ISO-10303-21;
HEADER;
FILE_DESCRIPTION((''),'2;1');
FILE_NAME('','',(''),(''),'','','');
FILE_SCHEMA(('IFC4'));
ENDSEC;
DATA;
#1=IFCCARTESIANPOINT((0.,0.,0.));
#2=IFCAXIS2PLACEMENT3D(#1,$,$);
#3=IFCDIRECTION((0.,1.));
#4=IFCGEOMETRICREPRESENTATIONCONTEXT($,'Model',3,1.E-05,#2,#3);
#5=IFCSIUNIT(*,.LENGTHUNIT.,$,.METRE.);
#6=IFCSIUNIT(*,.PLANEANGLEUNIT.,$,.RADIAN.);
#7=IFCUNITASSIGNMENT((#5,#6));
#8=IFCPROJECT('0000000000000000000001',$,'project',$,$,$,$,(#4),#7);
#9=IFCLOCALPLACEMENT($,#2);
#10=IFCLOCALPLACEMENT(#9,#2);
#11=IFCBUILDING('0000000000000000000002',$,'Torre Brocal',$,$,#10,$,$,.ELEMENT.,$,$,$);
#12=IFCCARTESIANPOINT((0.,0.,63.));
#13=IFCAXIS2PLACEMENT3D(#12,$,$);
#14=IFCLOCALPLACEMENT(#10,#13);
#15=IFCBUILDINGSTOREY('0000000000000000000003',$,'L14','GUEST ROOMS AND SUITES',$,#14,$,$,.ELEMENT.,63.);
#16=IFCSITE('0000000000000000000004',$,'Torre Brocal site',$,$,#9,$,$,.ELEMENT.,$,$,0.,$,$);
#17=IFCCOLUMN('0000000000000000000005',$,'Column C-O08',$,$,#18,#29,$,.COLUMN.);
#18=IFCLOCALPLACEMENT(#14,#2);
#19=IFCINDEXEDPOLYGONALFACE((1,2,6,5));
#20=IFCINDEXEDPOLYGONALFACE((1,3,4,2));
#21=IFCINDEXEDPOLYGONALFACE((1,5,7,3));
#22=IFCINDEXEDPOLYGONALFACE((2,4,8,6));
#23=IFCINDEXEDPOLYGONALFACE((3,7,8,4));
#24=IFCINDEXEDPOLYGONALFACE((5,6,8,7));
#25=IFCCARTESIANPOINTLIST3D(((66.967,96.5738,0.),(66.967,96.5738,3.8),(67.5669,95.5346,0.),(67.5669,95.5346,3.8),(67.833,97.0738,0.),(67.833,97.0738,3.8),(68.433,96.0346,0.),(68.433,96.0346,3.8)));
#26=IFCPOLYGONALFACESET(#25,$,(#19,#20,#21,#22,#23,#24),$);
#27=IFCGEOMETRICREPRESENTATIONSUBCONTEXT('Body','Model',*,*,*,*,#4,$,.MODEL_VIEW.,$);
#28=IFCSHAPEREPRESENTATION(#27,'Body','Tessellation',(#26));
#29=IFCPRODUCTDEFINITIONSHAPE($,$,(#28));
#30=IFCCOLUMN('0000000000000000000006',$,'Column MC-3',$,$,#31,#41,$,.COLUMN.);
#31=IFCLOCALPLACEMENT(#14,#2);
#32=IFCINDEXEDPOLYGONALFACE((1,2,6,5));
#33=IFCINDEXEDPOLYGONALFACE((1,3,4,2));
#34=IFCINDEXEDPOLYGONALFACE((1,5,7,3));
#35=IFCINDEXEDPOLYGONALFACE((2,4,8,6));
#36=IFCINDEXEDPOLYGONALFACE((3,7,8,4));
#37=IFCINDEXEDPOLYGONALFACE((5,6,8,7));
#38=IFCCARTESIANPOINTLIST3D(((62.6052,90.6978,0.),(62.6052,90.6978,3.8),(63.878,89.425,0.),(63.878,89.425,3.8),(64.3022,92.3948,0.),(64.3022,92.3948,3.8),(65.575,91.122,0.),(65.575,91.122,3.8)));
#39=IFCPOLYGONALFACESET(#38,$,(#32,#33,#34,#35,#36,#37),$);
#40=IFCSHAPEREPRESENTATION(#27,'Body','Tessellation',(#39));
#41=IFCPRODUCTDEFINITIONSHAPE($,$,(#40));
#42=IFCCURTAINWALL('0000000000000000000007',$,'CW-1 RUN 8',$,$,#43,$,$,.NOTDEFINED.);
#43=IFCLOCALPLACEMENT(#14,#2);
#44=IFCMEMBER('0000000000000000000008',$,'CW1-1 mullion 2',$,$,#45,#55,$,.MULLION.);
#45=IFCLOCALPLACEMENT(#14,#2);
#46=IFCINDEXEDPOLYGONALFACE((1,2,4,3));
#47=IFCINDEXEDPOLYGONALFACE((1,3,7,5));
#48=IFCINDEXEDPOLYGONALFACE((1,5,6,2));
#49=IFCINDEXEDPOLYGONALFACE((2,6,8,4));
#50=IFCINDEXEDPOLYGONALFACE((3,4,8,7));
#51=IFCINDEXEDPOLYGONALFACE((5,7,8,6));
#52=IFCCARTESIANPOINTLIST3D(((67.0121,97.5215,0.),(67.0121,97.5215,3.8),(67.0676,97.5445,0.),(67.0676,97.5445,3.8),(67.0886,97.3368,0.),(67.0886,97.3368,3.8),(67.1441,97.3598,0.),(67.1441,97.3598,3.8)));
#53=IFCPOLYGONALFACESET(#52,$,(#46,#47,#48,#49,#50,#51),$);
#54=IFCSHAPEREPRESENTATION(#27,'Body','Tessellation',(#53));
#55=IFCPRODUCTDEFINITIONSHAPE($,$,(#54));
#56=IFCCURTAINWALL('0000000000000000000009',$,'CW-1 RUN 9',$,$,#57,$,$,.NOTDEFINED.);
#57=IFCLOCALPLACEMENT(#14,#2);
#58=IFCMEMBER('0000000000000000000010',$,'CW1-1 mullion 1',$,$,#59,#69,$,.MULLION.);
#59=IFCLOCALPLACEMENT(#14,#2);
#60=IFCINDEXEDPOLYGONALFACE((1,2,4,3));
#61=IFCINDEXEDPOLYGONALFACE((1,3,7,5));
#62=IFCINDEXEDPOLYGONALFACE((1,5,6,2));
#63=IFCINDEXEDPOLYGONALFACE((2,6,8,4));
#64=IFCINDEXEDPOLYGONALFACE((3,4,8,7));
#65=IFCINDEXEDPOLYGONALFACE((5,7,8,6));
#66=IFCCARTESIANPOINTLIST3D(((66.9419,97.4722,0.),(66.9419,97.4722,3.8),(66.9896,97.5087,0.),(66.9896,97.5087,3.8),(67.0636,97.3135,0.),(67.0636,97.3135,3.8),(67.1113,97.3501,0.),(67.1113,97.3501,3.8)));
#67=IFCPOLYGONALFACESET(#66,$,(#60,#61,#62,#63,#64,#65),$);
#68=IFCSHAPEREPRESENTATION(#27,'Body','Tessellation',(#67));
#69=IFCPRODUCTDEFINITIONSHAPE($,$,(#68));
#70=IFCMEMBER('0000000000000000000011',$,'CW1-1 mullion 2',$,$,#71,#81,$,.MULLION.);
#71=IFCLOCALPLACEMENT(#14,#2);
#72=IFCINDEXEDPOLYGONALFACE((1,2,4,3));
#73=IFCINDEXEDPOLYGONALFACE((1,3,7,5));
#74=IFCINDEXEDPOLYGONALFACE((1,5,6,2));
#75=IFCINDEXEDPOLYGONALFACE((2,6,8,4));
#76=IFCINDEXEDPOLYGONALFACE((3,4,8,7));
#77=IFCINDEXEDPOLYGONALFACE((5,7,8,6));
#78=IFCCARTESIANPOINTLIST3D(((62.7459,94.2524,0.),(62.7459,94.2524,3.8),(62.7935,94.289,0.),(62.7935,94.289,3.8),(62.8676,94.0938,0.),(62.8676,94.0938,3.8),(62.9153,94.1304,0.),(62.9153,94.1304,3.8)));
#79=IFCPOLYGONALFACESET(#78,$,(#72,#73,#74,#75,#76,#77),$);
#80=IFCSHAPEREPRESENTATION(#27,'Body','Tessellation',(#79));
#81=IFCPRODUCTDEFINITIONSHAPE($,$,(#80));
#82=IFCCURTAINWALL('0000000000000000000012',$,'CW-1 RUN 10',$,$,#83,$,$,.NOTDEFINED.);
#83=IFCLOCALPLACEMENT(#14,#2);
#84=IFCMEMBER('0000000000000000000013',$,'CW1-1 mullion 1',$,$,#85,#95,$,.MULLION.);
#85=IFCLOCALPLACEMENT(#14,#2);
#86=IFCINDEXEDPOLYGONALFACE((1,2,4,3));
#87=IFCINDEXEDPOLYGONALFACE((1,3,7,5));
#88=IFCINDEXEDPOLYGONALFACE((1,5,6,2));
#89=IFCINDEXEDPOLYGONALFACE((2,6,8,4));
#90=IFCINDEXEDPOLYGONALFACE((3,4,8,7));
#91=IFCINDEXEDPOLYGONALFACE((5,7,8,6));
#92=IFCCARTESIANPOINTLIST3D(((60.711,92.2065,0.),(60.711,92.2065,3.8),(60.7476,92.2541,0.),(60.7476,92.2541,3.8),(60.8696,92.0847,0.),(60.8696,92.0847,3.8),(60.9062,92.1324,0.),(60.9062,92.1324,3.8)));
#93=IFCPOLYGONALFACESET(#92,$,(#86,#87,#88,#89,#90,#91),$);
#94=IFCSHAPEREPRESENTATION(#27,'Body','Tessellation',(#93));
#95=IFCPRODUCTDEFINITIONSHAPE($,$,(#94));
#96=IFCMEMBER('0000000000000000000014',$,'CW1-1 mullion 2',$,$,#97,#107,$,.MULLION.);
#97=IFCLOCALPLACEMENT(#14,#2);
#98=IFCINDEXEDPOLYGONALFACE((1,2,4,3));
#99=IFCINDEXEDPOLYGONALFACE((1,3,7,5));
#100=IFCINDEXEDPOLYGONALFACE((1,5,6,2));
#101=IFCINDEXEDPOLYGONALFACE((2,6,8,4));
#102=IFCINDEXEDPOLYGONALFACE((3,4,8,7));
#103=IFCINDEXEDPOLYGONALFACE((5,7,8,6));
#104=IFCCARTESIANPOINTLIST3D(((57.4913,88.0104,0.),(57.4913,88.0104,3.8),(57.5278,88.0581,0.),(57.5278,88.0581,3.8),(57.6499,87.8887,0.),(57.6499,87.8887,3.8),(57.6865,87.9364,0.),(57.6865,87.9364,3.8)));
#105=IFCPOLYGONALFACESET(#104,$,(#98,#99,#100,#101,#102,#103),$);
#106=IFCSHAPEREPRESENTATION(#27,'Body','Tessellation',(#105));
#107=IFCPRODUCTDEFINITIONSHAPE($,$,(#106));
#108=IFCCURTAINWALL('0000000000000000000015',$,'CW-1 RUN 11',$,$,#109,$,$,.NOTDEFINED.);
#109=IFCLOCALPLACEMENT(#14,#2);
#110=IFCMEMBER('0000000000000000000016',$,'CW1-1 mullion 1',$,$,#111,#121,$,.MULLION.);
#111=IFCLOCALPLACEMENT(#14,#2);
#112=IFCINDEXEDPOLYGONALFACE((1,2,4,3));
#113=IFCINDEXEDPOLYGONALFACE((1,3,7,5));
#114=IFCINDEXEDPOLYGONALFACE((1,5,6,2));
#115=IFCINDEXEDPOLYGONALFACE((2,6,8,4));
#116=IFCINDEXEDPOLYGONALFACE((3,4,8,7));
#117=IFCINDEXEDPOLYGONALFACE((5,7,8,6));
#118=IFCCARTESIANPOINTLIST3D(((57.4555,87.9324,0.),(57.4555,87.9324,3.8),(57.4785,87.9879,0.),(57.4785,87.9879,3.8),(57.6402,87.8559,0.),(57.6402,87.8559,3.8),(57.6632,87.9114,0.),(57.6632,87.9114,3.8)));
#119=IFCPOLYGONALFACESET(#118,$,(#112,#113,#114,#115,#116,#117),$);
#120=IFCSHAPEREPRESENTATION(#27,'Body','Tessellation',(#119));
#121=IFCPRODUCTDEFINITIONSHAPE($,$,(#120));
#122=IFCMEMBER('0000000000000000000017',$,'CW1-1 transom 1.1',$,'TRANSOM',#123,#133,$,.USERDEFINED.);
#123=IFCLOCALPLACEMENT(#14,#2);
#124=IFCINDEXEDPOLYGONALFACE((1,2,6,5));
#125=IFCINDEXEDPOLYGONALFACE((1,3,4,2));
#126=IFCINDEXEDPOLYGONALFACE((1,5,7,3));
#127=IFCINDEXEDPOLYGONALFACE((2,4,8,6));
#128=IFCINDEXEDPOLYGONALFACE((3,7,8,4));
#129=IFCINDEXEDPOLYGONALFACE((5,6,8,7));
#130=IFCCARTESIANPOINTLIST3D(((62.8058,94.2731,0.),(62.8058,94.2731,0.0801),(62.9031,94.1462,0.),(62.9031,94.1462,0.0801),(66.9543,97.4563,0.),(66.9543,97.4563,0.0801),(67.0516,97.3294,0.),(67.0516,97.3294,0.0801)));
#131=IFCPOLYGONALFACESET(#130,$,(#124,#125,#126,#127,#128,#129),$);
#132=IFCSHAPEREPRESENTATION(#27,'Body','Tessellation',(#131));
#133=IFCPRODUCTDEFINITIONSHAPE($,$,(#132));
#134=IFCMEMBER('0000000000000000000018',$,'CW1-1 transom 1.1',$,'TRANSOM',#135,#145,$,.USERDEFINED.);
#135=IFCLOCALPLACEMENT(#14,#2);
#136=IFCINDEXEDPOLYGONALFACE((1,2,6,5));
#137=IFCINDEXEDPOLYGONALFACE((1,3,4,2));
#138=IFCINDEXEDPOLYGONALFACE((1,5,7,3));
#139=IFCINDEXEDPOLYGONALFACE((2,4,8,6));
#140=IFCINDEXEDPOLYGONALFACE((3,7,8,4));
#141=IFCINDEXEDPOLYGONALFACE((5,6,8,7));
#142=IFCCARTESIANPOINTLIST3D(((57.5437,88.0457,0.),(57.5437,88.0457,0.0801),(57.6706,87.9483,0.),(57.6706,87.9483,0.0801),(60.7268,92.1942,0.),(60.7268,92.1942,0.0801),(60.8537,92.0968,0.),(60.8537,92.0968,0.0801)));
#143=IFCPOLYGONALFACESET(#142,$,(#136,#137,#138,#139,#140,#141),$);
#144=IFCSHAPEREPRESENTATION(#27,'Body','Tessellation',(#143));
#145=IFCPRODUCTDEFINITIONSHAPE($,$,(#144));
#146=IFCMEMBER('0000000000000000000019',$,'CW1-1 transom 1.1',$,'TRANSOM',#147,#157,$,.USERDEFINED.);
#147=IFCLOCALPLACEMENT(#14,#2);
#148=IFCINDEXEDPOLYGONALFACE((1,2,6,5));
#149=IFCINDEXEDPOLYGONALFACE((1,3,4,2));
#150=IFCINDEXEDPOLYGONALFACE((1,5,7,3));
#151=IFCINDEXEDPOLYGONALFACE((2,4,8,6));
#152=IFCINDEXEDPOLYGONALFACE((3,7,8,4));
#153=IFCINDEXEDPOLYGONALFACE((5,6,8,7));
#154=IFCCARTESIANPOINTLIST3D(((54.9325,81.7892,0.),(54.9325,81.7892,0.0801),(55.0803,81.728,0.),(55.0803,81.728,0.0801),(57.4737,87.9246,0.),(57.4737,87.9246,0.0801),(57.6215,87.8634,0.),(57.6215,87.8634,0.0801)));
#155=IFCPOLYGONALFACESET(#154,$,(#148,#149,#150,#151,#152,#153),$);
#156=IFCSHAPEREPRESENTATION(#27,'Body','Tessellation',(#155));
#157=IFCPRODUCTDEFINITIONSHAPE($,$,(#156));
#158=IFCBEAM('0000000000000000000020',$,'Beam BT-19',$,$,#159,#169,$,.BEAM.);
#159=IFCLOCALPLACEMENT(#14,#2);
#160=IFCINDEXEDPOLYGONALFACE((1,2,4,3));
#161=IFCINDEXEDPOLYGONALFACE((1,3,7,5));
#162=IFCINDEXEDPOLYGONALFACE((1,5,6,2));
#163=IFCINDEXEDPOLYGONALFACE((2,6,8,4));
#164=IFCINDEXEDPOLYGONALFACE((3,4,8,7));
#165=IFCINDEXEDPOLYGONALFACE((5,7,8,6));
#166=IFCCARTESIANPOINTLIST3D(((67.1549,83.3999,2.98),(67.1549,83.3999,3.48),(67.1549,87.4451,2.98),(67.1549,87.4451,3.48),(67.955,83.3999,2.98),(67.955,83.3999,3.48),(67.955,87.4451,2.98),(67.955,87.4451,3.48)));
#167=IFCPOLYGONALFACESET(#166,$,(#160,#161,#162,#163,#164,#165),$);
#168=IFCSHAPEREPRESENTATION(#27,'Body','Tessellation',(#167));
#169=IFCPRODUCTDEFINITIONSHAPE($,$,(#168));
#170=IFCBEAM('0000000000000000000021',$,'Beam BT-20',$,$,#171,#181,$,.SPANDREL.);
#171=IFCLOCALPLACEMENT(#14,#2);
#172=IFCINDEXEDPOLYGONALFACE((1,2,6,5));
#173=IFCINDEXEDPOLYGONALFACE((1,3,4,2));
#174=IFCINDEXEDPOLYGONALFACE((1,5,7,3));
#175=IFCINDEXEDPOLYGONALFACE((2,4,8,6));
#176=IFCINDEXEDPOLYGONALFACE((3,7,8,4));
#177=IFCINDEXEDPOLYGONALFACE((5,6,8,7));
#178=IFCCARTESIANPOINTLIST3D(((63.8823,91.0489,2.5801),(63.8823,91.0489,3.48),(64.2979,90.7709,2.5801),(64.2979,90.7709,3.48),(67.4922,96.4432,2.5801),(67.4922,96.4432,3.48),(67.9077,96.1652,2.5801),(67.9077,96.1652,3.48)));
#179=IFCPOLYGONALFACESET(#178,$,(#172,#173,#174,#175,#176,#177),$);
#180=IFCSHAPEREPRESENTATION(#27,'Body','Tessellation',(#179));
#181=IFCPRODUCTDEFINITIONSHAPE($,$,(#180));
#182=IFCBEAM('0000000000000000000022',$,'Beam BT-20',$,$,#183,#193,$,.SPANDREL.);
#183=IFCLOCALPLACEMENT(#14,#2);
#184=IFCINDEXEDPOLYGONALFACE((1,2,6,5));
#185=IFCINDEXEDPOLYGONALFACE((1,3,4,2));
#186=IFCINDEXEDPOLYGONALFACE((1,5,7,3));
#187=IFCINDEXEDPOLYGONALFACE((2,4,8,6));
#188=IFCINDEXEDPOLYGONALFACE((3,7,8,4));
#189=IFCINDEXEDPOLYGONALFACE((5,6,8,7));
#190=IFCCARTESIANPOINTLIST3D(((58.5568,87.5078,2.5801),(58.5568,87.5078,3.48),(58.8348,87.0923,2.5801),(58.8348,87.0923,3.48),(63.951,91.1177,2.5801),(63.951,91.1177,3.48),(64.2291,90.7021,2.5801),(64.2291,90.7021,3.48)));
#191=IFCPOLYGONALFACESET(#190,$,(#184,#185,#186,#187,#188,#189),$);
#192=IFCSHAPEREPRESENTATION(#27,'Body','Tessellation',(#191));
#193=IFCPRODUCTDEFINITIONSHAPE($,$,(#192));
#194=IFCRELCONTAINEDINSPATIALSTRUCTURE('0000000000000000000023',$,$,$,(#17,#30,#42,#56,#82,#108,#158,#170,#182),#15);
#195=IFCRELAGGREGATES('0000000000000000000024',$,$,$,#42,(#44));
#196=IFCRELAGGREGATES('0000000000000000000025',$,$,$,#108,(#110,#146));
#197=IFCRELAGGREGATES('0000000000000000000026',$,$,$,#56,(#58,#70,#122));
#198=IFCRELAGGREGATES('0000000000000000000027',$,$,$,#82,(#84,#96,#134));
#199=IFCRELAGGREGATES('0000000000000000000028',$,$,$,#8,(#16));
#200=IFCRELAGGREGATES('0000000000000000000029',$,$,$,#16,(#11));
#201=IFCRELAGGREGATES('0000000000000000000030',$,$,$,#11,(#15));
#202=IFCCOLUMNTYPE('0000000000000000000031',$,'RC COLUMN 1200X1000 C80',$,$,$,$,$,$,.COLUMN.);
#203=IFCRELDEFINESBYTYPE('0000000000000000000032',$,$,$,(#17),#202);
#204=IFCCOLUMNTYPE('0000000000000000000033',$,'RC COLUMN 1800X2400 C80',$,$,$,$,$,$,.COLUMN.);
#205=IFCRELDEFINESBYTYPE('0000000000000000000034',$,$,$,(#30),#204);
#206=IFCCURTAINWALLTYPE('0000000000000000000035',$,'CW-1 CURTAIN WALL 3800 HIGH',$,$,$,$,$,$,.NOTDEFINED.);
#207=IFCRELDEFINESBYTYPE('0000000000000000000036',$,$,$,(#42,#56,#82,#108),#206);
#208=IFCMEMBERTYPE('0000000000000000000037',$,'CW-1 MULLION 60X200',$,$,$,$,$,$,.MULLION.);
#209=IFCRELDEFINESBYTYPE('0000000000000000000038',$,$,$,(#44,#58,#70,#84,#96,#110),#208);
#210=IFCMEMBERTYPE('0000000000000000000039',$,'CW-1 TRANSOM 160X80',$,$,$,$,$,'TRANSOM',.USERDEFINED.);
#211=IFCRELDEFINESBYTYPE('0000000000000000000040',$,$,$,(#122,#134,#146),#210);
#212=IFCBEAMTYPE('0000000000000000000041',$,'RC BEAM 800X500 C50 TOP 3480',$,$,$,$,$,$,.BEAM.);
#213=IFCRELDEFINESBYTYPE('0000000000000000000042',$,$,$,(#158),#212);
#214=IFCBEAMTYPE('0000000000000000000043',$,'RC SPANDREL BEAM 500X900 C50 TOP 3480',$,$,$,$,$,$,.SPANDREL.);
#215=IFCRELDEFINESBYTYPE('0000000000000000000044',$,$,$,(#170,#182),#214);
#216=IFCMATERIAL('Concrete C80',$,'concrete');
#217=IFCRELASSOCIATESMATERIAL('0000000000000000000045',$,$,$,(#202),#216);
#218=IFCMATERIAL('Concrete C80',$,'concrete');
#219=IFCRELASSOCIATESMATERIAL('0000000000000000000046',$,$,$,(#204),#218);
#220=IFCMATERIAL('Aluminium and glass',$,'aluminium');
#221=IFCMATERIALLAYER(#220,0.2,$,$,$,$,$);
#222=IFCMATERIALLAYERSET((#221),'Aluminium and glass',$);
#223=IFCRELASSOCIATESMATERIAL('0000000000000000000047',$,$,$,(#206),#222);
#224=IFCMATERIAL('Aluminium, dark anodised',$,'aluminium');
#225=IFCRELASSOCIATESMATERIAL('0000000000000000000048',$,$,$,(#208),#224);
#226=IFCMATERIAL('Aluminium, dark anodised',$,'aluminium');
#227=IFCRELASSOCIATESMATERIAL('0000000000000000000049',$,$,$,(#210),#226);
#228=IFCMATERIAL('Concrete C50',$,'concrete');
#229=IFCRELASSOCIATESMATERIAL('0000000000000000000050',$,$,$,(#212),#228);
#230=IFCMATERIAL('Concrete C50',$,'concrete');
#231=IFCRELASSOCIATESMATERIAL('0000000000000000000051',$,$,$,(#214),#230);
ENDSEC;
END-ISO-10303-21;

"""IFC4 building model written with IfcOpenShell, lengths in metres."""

from ifc_helpers import new_model, si_unit, direction, frame, origin, origin_2d, place, context, subcontext, project, spatial, rectangle, extrude, material, layer, layer_set, material_profile, profile_set, type_object, element, aggregate, save


model = new_model("IFC4")

# Units and contexts
model_context = context("Model", 3, precision=1e-05, world=origin(), true_north=direction((0.0, 1.0)))
body_context = subcontext(model_context, "Body", "Model", "MODEL_VIEW")
ifc_project = project(units=[si_unit("LENGTHUNIT", "METRE"), si_unit("PLANEANGLEUNIT", "RADIAN")], contexts=[model_context])

# Site, building, storey
site_placement = place(None, origin())
site = spatial("IfcSite", under=ifc_project, at=site_placement, Name="Torre Brocal site", CompositionType="ELEMENT", RefElevation=0.0)
building_placement = place(site_placement, origin())
building = spatial("IfcBuilding", under=site, at=building_placement, Name="Torre Brocal", CompositionType="ELEMENT")
storey_placement = place(building_placement, frame((0.0, 0.0, 63.0)))
storey = spatial("IfcBuildingStorey", under=building, at=storey_placement, Name="L14", Description="GUEST ROOMS AND SUITES", CompositionType="ELEMENT", Elevation=63.0)

# Columns
ifc_material_1 = material(Name="Concrete C80", Category="concrete")
ifc_material_profile_1 = material_profile(ifc_material_1, rectangle(XDim=1.2, YDim=1.0, at=origin_2d()), Name="RC 1200X1000")
ifc_profile_set_1 = profile_set([ifc_material_profile_1], Name="Concrete C80")
column_type_1 = type_object("IfcColumnType", Name="RC COLUMN 1200X1000 C80", PredefinedType="COLUMN", material=ifc_profile_set_1)
column_1_placement = place(storey_placement, frame((67.7, 96.3042, 0.0), z_axis=(0.0, 0.0, 1.0), x_axis=(-0.5, 0.866025, 0.0)))
element("IfcColumn", 1, at=column_1_placement, inside=storey, type_object=column_type_1, Name="Column C-O08", PredefinedType="COLUMN", context=body_context, shape_type="SweptSolid", body=[
    extrude(rectangle(XDim=1.2, YDim=1.0, at=origin_2d()), origin(), (0.0, 0.0, 1.0), 3.8),
])
ifc_material_2 = material(Name="Concrete C80", Category="concrete")
ifc_material_profile_2 = material_profile(ifc_material_2, rectangle(XDim=1.8, YDim=2.3999, at=origin_2d()), Name="RC 1800X2400")
ifc_profile_set_2 = profile_set([ifc_material_profile_2], Name="Concrete C80")
column_type_2 = type_object("IfcColumnType", Name="RC COLUMN 1800X2400 C80", PredefinedType="COLUMN", material=ifc_profile_set_2)
column_2_placement = place(storey_placement, frame((64.0901, 90.9099, 0.0), z_axis=(0.0, 0.0, 1.0), x_axis=(-0.707107, 0.707107, 0.0)))
element("IfcColumn", 2, at=column_2_placement, inside=storey, type_object=column_type_2, Name="Column MC-3", PredefinedType="COLUMN", context=body_context, shape_type="SweptSolid", body=[
    extrude(rectangle(XDim=1.8, YDim=2.3999, at=origin_2d()), origin(), (0.0, 0.0, 1.0), 3.8),
])

# Curtain wall, member
ifc_material_3 = material(Name="Aluminium and glass", Category="aluminium")
ifc_layer_1 = layer(ifc_material_3, 0.2)
ifc_layer_set_1 = layer_set([ifc_layer_1], Name="Aluminium and glass")
curtain_wall_type = type_object("IfcCurtainWallType", Name="CW-1 CURTAIN WALL 3800 HIGH", PredefinedType="NOTDEFINED", material=ifc_layer_set_1)
curtain_wall_1_placement = place(storey_placement, origin())
curtain_wall_1 = element("IfcCurtainWall", 3, at=curtain_wall_1_placement, inside=storey, type_object=curtain_wall_type, Name="CW-1 RUN 8", PredefinedType="NOTDEFINED")
ifc_material_4 = material(Name="Aluminium, dark anodised", Category="aluminium")
ifc_material_profile_3 = material_profile(ifc_material_4, rectangle(XDim=0.2, YDim=0.0601, at=origin_2d()), Name="CW-1 MULLION 60X200")
ifc_profile_set_3 = profile_set([ifc_material_profile_3], Name="Aluminium, dark anodised")
member_type_1 = type_object("IfcMemberType", Name="CW-1 MULLION 60X200", PredefinedType="MULLION", material=ifc_profile_set_3)
member_1_placement = place(storey_placement, frame((67.0781, 97.4407, 0.0), z_axis=(0.0, 0.0, 1.0), x_axis=(0.382683, -0.92388, 0.0)))
member_1 = element("IfcMember", 4, at=member_1_placement, type_object=member_type_1, Name="CW1-1 mullion 2", PredefinedType="MULLION", context=body_context, shape_type="SweptSolid", body=[
    extrude(rectangle(XDim=0.2, YDim=0.0601, at=origin_2d()), origin(), (0.0, 0.0, 1.0), 3.8),
])
aggregate(curtain_wall_1, [member_1])

# Curtain walls, members
curtain_wall_2_placement = place(storey_placement, origin())
curtain_wall_2 = element("IfcCurtainWall", 5, at=curtain_wall_2_placement, inside=storey, type_object=curtain_wall_type, Name="CW-1 RUN 9", PredefinedType="NOTDEFINED")
member_2_placement = place(storey_placement, frame((67.0266, 97.4111, 0.0), z_axis=(0.0, 0.0, 1.0), x_axis=(0.608761, -0.793353, 0.0)))
member_2 = element("IfcMember", 6, at=member_2_placement, type_object=member_type_1, Name="CW1-1 mullion 1", PredefinedType="MULLION", context=body_context, shape_type="SweptSolid", body=[
    extrude(rectangle(XDim=0.2, YDim=0.0601, at=origin_2d()), origin(), (0.0, 0.0, 1.0), 3.8),
])
member_3_placement = place(storey_placement, frame((62.8306, 94.1914, 0.0), z_axis=(0.0, 0.0, 1.0), x_axis=(0.608761, -0.793353, 0.0)))
member_3 = element("IfcMember", 7, at=member_3_placement, type_object=member_type_1, Name="CW1-1 mullion 2", PredefinedType="MULLION", context=body_context, shape_type="SweptSolid", body=[
    extrude(rectangle(XDim=0.2, YDim=0.0601, at=origin_2d()), origin(), (0.0, 0.0, 1.0), 3.8),
])
curtain_wall_3_placement = place(storey_placement, origin())
curtain_wall_3 = element("IfcCurtainWall", 8, at=curtain_wall_3_placement, inside=storey, type_object=curtain_wall_type, Name="CW-1 RUN 10", PredefinedType="NOTDEFINED")
member_4_placement = place(storey_placement, frame((60.8086, 92.1694, 0.0), z_axis=(0.0, 0.0, 1.0), x_axis=(0.793353, -0.608761, 0.0)))
member_4 = element("IfcMember", 9, at=member_4_placement, type_object=member_type_1, Name="CW1-1 mullion 1", PredefinedType="MULLION", context=body_context, shape_type="SweptSolid", body=[
    extrude(rectangle(XDim=0.2, YDim=0.0601, at=origin_2d()), origin(), (0.0, 0.0, 1.0), 3.8),
])
member_5_placement = place(storey_placement, frame((57.5889, 87.9734, 0.0), z_axis=(0.0, 0.0, 1.0), x_axis=(0.793353, -0.608761, 0.0)))
member_5 = element("IfcMember", 10, at=member_5_placement, type_object=member_type_1, Name="CW1-1 mullion 2", PredefinedType="MULLION", context=body_context, shape_type="SweptSolid", body=[
    extrude(rectangle(XDim=0.2, YDim=0.0601, at=origin_2d()), origin(), (0.0, 0.0, 1.0), 3.8),
])

# Curtain wall, member
curtain_wall_4_placement = place(storey_placement, origin())
curtain_wall_4 = element("IfcCurtainWall", 11, at=curtain_wall_4_placement, inside=storey, type_object=curtain_wall_type, Name="CW-1 RUN 11", PredefinedType="NOTDEFINED")
member_6_placement = place(storey_placement, frame((57.5593, 87.9219, 0.0), z_axis=(0.0, 0.0, 1.0), x_axis=(0.92388, -0.382683, 0.0)))
member_6 = element("IfcMember", 12, at=member_6_placement, type_object=member_type_1, Name="CW1-1 mullion 1", PredefinedType="MULLION", context=body_context, shape_type="SweptSolid", body=[
    extrude(rectangle(XDim=0.2, YDim=0.0601, at=origin_2d()), origin(), (0.0, 0.0, 1.0), 3.8),
])

# Members
ifc_material_5 = material(Name="Aluminium, dark anodised", Category="aluminium")
ifc_material_profile_4 = material_profile(ifc_material_5, rectangle(XDim=0.1599, YDim=0.0801, at=origin_2d()), Name="CW-1 TRANSOM 160X80")
ifc_profile_set_4 = profile_set([ifc_material_profile_4], Name="Aluminium, dark anodised")
member_type_2 = type_object("IfcMemberType", Name="CW-1 TRANSOM 160X80", ElementType="TRANSOM", PredefinedType="USERDEFINED", material=ifc_profile_set_4)
member_7_placement = place(storey_placement, frame((67.0029, 97.3928, 0.04), z_axis=(-0.793363, -0.608749, 0.0), x_axis=(0.608749, -0.793363, 0.0)))
member_7 = element("IfcMember", 13, at=member_7_placement, type_object=member_type_2, Name="CW1-1 transom 1.1", ObjectType="TRANSOM", PredefinedType="USERDEFINED", context=body_context, shape_type="SweptSolid", body=[
    extrude(rectangle(XDim=0.1599, YDim=0.0801, at=origin_2d()), origin(), (0.0, 0.0, 1.0), 5.229),
])
member_8_placement = place(storey_placement, frame((60.7903, 92.1455, 0.04), z_axis=(-0.608749, -0.793363, 0.0), x_axis=(0.793363, -0.608749, 0.0)))
member_8 = element("IfcMember", 14, at=member_8_placement, type_object=member_type_2, Name="CW1-1 transom 1.1", ObjectType="TRANSOM", PredefinedType="USERDEFINED", context=body_context, shape_type="SweptSolid", body=[
    extrude(rectangle(XDim=0.1599, YDim=0.0801, at=origin_2d()), origin(), (0.0, 0.0, 1.0), 5.229),
])
member_9_placement = place(storey_placement, frame((57.5476, 87.894, 0.04), z_axis=(-0.382665, -0.923887, 0.0), x_axis=(0.923887, -0.382665, 0.0)))
member_9 = element("IfcMember", 15, at=member_9_placement, type_object=member_type_2, Name="CW1-1 transom 1.1", ObjectType="TRANSOM", PredefinedType="USERDEFINED", context=body_context, shape_type="SweptSolid", body=[
    extrude(rectangle(XDim=0.1599, YDim=0.0801, at=origin_2d()), origin(), (0.0, 0.0, 1.0), 6.6409),
])
aggregate(curtain_wall_4, [member_6, member_9])

# Beams
ifc_material_6 = material(Name="Concrete C50", Category="concrete")
ifc_material_profile_5 = material_profile(ifc_material_6, rectangle(XDim=0.8, YDim=0.5, at=origin_2d()), Name="RC 800X500")
ifc_profile_set_5 = profile_set([ifc_material_profile_5], Name="Concrete C50")
beam_type_1 = type_object("IfcBeamType", Name="RC BEAM 800X500 C50 TOP 3480", PredefinedType="BEAM", material=ifc_profile_set_5)
beam_placement = place(storey_placement, frame((67.5549, 87.4451, 3.23), z_axis=(0.0, -1.0, 0.0), x_axis=(1.0, 0.0, 0.0)))
element("IfcBeam", 16, at=beam_placement, inside=storey, type_object=beam_type_1, Name="Beam BT-19", PredefinedType="BEAM", context=body_context, shape_type="SweptSolid", body=[
    extrude(rectangle(XDim=0.8, YDim=0.5, at=origin_2d()), origin(), (0.0, 0.0, 1.0), 4.0452),
])
ifc_material_7 = material(Name="Concrete C50", Category="concrete")
ifc_material_profile_6 = material_profile(ifc_material_7, rectangle(XDim=0.5, YDim=0.8999, at=origin_2d()), Name="RC 500X900")
ifc_profile_set_6 = profile_set([ifc_material_profile_6], Name="Concrete C50")
beam_type_2 = type_object("IfcBeamType", Name="RC SPANDREL BEAM 500X900 C50 TOP 3480", PredefinedType="SPANDREL", material=ifc_profile_set_6)
for number, where, z_axis, x_axis, name in (
    (17, (67.7, 96.3042, 3.03), (-0.556158, -0.831077, 0.0), (0.831077, -0.556158, 0.0), "Beam BT-20"),
    (18, (64.0901, 90.9099, 3.03), (-0.831077, -0.556158, 0.0), (0.556158, -0.831077, 0.0), "Beam BT-20"),
):
    element("IfcBeam", number, at=place(storey_placement, frame(where, z_axis=z_axis, x_axis=x_axis)), inside=storey, type_object=beam_type_2, Name=name, PredefinedType="SPANDREL", context=body_context, shape_type="SweptSolid", body=[
        extrude(rectangle(XDim=0.5, YDim=0.8999, at=origin_2d()), origin(), (0.0, 0.0, 1.0), 6.4907),
    ])

aggregate(curtain_wall_2, [member_2, member_3, member_7])
aggregate(curtain_wall_3, [member_4, member_5, member_8])

save(model, "model.ifc")
